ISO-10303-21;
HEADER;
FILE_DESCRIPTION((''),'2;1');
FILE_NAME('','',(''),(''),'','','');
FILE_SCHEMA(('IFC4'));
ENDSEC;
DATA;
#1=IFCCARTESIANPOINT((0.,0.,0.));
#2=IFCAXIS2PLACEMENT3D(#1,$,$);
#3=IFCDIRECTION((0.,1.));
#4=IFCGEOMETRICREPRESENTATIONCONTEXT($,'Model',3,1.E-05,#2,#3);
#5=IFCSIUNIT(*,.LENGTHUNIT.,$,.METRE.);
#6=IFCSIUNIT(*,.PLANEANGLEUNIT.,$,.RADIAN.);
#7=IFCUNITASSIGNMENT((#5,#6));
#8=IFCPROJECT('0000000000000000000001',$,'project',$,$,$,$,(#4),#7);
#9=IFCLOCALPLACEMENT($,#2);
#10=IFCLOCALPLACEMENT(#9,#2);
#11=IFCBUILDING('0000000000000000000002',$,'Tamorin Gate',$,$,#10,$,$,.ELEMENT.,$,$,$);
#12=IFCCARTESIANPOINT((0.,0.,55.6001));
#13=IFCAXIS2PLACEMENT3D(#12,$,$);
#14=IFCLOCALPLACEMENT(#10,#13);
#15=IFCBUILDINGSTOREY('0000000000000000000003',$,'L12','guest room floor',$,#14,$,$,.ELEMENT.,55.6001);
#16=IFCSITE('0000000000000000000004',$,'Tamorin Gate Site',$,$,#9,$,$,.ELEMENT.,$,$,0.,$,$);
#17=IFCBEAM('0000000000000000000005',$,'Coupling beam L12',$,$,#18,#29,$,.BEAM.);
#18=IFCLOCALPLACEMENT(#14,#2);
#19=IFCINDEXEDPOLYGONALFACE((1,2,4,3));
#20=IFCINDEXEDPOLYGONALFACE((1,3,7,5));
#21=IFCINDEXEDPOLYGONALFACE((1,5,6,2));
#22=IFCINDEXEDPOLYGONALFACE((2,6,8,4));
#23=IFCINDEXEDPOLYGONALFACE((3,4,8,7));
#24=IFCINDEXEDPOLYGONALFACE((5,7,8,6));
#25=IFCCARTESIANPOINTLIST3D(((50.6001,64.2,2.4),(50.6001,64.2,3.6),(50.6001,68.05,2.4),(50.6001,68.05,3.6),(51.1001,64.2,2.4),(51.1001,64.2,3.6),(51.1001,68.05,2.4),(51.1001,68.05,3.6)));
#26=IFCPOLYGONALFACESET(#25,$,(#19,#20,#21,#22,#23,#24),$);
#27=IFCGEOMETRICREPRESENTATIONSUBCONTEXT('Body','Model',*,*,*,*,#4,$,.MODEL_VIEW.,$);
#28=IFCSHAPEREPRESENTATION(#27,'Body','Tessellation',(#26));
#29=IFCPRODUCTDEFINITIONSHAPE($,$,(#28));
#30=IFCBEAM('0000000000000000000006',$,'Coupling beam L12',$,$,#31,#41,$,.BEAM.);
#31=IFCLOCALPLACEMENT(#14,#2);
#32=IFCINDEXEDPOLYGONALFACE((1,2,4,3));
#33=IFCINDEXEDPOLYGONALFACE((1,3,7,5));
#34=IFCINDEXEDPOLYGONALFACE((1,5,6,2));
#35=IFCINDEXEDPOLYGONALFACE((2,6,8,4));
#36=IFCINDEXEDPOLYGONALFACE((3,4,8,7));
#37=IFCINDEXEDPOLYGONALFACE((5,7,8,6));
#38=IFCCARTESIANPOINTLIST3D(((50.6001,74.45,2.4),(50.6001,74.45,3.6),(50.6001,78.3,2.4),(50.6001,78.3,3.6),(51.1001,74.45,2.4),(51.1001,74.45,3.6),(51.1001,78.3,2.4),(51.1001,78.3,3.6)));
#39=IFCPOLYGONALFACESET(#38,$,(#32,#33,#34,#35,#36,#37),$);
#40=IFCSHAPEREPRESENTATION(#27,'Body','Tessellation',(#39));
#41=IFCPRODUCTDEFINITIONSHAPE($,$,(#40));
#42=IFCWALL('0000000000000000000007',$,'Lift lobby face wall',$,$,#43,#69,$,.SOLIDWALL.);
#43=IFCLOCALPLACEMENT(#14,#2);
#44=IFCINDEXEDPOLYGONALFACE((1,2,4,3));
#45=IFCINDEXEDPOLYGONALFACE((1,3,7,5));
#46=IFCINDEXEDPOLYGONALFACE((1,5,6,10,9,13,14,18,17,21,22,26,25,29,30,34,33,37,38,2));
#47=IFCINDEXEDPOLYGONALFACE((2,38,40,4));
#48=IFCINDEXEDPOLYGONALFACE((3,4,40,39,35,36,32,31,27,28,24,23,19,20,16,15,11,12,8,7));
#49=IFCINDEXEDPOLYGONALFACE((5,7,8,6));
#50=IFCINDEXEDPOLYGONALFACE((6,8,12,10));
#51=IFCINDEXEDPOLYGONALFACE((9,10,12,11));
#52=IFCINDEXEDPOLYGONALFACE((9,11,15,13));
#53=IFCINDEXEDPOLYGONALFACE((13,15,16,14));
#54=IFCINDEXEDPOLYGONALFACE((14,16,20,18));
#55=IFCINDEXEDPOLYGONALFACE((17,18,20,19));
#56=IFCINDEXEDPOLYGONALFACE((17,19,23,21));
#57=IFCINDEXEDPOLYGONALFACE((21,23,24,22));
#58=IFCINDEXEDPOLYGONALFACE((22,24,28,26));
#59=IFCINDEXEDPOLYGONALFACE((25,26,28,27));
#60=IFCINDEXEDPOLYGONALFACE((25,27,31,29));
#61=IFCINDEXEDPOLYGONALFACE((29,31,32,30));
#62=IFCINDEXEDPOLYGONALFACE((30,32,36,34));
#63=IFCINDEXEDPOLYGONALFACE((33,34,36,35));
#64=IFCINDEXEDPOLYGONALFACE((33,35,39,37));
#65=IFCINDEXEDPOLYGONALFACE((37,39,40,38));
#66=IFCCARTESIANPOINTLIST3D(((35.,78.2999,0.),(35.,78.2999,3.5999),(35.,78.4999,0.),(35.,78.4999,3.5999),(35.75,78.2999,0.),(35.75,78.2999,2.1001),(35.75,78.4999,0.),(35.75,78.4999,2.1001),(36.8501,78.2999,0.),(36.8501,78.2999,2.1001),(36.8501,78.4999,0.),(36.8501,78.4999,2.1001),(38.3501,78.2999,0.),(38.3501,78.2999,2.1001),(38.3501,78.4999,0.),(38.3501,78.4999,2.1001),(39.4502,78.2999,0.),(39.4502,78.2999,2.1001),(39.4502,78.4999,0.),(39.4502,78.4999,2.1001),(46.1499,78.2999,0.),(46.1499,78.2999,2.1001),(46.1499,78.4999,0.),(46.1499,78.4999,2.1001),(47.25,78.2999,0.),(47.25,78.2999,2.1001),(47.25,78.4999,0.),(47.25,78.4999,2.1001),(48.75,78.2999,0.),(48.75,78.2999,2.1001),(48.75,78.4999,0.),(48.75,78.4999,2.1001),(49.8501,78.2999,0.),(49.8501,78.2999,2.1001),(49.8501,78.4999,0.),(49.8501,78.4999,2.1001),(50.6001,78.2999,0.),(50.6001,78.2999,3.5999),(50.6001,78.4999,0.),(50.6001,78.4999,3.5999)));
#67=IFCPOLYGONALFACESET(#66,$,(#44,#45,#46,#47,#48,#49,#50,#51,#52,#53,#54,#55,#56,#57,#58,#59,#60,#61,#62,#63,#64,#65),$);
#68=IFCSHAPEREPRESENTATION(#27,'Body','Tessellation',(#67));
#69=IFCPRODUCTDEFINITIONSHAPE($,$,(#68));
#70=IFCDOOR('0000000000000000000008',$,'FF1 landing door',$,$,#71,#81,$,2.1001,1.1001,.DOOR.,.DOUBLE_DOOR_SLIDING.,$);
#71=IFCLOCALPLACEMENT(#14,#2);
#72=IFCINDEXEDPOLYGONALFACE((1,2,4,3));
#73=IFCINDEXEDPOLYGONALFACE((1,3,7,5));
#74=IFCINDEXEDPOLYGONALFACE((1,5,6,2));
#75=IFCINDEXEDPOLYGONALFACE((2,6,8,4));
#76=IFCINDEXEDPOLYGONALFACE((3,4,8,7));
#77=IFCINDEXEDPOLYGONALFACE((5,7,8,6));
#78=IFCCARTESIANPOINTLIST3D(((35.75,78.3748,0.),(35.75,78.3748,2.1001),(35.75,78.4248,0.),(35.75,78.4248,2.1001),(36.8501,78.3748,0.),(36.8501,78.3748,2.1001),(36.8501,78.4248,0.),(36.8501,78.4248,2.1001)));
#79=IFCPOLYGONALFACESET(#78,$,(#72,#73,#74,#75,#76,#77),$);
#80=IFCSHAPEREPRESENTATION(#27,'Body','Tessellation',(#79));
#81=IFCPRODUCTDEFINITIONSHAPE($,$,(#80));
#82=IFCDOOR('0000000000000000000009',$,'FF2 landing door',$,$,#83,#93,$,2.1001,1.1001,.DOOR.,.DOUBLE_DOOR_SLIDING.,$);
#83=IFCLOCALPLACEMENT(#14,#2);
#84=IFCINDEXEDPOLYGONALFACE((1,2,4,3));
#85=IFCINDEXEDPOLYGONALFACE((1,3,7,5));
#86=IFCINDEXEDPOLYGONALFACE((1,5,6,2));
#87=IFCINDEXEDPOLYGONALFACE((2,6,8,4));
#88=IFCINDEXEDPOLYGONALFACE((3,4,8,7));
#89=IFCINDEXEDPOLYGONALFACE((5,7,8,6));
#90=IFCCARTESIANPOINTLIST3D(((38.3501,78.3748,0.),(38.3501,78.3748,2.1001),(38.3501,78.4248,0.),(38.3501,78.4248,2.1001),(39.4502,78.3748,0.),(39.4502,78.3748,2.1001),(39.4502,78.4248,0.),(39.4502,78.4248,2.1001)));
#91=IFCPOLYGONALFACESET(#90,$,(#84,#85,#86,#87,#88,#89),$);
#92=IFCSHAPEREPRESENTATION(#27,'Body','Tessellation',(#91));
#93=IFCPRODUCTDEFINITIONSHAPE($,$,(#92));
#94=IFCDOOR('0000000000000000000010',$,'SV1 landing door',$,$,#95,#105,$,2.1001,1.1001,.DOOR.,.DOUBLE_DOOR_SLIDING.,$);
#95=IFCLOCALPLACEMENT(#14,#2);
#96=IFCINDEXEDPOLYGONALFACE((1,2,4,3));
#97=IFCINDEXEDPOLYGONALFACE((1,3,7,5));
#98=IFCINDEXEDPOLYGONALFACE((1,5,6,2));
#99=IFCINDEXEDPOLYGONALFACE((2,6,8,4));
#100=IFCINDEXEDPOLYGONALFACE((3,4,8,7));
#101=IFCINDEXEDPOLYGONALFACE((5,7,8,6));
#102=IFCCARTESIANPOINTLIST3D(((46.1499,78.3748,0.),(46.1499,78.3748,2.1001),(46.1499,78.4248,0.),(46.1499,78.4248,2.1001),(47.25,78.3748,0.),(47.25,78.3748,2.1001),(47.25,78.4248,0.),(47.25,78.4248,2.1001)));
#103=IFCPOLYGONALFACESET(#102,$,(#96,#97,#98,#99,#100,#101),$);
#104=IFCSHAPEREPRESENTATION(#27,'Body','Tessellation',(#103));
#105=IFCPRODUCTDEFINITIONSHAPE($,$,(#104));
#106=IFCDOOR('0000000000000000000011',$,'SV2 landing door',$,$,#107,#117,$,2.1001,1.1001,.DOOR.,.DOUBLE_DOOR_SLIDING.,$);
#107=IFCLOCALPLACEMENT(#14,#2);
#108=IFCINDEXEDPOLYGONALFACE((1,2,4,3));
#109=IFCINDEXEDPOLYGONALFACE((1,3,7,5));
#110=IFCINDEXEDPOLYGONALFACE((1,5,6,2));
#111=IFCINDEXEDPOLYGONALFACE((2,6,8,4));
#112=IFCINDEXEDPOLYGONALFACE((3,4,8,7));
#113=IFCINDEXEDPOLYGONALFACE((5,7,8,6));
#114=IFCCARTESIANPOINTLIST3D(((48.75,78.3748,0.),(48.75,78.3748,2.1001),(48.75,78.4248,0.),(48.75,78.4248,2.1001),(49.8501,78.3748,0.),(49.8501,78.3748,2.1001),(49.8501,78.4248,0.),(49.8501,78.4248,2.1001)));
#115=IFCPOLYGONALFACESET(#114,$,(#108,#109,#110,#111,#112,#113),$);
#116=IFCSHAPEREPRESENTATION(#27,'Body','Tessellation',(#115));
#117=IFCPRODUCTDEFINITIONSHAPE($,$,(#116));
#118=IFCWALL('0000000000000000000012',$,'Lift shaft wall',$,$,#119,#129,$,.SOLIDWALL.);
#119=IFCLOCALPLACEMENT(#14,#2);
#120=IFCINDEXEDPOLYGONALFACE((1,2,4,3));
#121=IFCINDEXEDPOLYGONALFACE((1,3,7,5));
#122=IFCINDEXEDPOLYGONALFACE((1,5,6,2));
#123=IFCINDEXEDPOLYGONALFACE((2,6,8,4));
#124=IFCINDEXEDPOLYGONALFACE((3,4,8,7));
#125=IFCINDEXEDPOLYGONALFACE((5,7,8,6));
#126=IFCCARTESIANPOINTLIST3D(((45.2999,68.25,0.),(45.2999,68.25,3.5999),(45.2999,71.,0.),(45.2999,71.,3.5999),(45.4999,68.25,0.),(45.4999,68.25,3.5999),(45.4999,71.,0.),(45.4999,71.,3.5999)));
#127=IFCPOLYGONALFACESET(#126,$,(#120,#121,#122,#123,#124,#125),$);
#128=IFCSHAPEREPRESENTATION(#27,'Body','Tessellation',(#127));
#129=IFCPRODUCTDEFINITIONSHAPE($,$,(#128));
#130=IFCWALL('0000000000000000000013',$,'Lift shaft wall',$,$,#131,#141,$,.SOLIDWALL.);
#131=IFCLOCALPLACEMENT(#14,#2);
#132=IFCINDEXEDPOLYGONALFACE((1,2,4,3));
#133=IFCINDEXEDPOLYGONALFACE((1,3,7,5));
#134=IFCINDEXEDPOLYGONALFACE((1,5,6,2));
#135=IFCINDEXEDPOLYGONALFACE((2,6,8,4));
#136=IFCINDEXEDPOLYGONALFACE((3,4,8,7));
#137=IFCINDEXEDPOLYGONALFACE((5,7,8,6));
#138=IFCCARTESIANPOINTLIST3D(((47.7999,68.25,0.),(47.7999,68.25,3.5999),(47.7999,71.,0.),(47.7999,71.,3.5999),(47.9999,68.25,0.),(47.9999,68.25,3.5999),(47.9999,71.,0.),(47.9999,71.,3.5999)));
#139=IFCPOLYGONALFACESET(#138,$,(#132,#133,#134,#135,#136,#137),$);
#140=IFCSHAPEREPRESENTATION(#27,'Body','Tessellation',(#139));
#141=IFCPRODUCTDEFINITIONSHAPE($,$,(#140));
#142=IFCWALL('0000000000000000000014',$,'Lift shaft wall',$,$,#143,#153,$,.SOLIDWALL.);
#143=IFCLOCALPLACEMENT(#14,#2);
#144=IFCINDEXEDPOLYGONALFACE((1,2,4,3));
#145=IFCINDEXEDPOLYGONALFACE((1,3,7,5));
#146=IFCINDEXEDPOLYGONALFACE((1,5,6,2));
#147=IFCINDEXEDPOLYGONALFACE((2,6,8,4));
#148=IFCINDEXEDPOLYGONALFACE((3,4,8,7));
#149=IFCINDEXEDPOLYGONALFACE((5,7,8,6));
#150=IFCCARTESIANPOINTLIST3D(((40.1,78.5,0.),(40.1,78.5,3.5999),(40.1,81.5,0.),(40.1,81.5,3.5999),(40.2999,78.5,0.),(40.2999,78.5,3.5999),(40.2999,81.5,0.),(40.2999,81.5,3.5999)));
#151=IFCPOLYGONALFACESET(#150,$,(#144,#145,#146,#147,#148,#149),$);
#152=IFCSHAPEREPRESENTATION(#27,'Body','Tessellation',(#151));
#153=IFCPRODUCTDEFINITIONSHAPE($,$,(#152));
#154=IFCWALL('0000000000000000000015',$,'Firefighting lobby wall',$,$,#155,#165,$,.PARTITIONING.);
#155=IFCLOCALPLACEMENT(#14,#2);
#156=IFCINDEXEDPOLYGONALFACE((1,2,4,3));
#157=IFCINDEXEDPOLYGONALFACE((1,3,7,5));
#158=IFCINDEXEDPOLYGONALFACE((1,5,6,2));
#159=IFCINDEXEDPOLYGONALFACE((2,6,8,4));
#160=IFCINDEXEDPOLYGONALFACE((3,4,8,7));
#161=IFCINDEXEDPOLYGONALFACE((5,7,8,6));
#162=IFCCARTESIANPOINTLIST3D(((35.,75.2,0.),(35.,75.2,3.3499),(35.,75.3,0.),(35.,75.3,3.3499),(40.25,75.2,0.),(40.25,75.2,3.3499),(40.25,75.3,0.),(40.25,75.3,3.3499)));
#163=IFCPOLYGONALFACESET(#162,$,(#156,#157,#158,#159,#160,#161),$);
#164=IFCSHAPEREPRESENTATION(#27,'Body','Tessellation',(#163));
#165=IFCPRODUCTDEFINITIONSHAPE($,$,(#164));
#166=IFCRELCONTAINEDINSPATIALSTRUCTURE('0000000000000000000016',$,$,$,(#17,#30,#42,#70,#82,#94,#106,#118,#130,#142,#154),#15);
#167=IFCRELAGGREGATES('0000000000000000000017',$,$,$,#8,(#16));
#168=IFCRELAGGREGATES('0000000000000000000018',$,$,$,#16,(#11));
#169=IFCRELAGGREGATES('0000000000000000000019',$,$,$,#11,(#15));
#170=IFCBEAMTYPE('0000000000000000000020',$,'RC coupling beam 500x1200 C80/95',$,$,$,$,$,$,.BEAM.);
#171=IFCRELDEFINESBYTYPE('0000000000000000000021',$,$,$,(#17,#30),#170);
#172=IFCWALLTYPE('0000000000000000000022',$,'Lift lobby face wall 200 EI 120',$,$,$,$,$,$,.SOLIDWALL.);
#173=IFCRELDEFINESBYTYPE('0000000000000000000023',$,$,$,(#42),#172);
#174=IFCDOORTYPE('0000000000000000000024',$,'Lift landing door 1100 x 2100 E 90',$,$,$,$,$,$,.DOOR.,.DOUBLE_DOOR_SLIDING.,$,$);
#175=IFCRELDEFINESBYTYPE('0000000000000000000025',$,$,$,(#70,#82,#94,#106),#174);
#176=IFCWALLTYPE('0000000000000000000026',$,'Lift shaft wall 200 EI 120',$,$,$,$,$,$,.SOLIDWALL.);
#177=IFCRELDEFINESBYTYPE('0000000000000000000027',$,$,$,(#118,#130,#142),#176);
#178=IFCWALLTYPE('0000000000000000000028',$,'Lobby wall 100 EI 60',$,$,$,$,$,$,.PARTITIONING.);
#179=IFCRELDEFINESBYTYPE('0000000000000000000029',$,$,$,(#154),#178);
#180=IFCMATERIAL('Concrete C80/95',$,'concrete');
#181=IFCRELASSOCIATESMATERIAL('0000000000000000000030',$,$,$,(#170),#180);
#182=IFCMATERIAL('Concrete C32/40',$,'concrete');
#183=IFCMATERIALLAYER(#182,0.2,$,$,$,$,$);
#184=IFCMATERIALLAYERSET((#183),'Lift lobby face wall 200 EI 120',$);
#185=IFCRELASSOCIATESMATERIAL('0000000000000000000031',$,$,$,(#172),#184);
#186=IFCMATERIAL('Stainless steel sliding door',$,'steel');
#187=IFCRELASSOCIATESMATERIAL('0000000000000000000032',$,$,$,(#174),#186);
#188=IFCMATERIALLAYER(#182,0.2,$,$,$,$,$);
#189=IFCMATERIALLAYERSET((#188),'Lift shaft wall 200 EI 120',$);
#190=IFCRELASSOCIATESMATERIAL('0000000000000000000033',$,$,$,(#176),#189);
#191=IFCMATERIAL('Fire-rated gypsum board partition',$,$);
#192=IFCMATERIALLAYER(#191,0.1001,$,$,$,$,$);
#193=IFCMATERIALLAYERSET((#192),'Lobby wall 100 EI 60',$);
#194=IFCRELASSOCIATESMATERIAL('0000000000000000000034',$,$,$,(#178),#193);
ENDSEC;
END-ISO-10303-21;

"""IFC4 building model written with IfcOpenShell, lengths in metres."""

from ifc_helpers import new_model, si_unit, direction, frame, frame_2d, origin, origin_2d, place, context, subcontext, project, spatial, rectangle, extrude, material, layer, layer_set, material_profile, profile_set, type_object, element, fill, save


model = new_model("IFC4")

# Units and contexts
model_context = context("Model", 3, precision=1e-05, world=origin(), true_north=direction((0.0, 1.0)))
body_context = subcontext(model_context, "Body", "Model", "MODEL_VIEW")
ifc_project = project(units=[si_unit("LENGTHUNIT", "METRE"), si_unit("PLANEANGLEUNIT", "RADIAN")], contexts=[model_context])

# Site, building, storey
site_placement = place(None, origin())
site = spatial("IfcSite", under=ifc_project, at=site_placement, Name="Tamorin Gate Site", CompositionType="ELEMENT", RefElevation=0.0)
building_placement = place(site_placement, origin())
building = spatial("IfcBuilding", under=site, at=building_placement, Name="Tamorin Gate", CompositionType="ELEMENT")
storey_placement = place(building_placement, frame((0.0, 0.0, 55.6001)))
storey = spatial("IfcBuildingStorey", under=building, at=storey_placement, Name="L12", Description="guest room floor", CompositionType="ELEMENT", Elevation=55.6001)

# Beams
ifc_material_1 = material(Name="Concrete C80/95", Category="concrete")
ifc_material_profile = material_profile(ifc_material_1, rectangle(XDim=0.5, YDim=1.2, at=origin_2d()), Name="RC 500x1200")
ifc_profile_set = profile_set([ifc_material_profile], Name="Concrete C80/95")
beam_type = type_object("IfcBeamType", Name="RC coupling beam 500x1200 C80/95", PredefinedType="BEAM", material=ifc_profile_set)
for number, where, z_axis, x_axis, name in (
    (1, (50.8501, 64.2, 3.0), (0.0, 1.0, 0.0), (-1.0, 0.0, 0.0), "Coupling beam L12"),
    (2, (50.8501, 74.45, 3.0), (0.0, 1.0, 0.0), (-1.0, 0.0, 0.0), "Coupling beam L12"),
):
    element("IfcBeam", number, at=place(storey_placement, frame(where, z_axis=z_axis, x_axis=x_axis)), inside=storey, type_object=beam_type, Name=name, PredefinedType="BEAM", context=body_context, shape_type="SweptSolid", body=[
        extrude(rectangle(XDim=0.5, YDim=1.2, at=origin_2d()), origin(), (0.0, 0.0, 1.0), 3.8501),
    ])

# Wall, openings, doors
ifc_material_2 = material(Name="Concrete C32/40", Category="concrete")
ifc_layer_1 = layer(ifc_material_2, 0.2)
ifc_layer_set_1 = layer_set([ifc_layer_1], Name="Lift lobby face wall 200 EI 120")
wall_type_1 = type_object("IfcWallType", Name="Lift lobby face wall 200 EI 120", PredefinedType="SOLIDWALL", material=ifc_layer_set_1)
wall_1_placement = place(storey_placement, frame((35.0, 78.3999, 0.0), z_axis=(0.0, 0.0, 1.0), x_axis=(1.0, 0.0, 0.0)))
wall_1 = element("IfcWall", 3, at=wall_1_placement, inside=storey, type_object=wall_type_1, Name="Lift lobby face wall", PredefinedType="SOLIDWALL", context=body_context, shape_type="SweptSolid", body=[
    extrude(rectangle(XDim=15.6001, YDim=0.2, at=frame_2d((7.8, 0.0))), origin(), (0.0, 0.0, 1.0), 3.5999),
])
opening_1_placement = place(wall_1_placement, frame((0.75, 0.0, 0.0)))
opening_1 = element("IfcOpeningElement", 4, at=opening_1_placement, cuts=wall_1, PredefinedType="OPENING", context=body_context, shape_type="SweptSolid", body=[
    extrude(rectangle(XDim=1.1001, YDim=2.1001, at=frame_2d((0.55, 1.05))), frame((0.0, 0.1099, 0.0), z_axis=(0.0, -1.0, 0.0), x_axis=(1.0, 0.0, 0.0)), (0.0, 0.0, 1.0), 0.22),
])
opening_2_placement = place(wall_1_placement, frame((3.3501, 0.0, 0.0)))
opening_2 = element("IfcOpeningElement", 5, at=opening_2_placement, cuts=wall_1, PredefinedType="OPENING", context=body_context, shape_type="SweptSolid", body=[
    extrude(rectangle(XDim=1.1001, YDim=2.1001, at=frame_2d((0.55, 1.05))), frame((0.0, 0.1099, 0.0), z_axis=(0.0, -1.0, 0.0), x_axis=(1.0, 0.0, 0.0)), (0.0, 0.0, 1.0), 0.22),
])
opening_3_placement = place(wall_1_placement, frame((11.1499, 0.0, 0.0)))
opening_3 = element("IfcOpeningElement", 6, at=opening_3_placement, cuts=wall_1, PredefinedType="OPENING", context=body_context, shape_type="SweptSolid", body=[
    extrude(rectangle(XDim=1.1001, YDim=2.1001, at=frame_2d((0.55, 1.05))), frame((0.0, 0.1099, 0.0), z_axis=(0.0, -1.0, 0.0), x_axis=(1.0, 0.0, 0.0)), (0.0, 0.0, 1.0), 0.22),
])
opening_4_placement = place(wall_1_placement, frame((13.75, 0.0, 0.0)))
opening_4 = element("IfcOpeningElement", 7, at=opening_4_placement, cuts=wall_1, PredefinedType="OPENING", context=body_context, shape_type="SweptSolid", body=[
    extrude(rectangle(XDim=1.1001, YDim=2.1001, at=frame_2d((0.55, 1.05))), frame((0.0, 0.1099, 0.0), z_axis=(0.0, -1.0, 0.0), x_axis=(1.0, 0.0, 0.0)), (0.0, 0.0, 1.0), 0.22),
])
ifc_material_3 = material(Name="Stainless steel sliding door", Category="steel")
door_type_1 = type_object("IfcDoorType", Name="Lift landing door 1100 x 2100 E 90", OperationType="DOUBLE_DOOR_SLIDING", PredefinedType="DOOR", material=ifc_material_3)
door_1_placement = place(opening_1_placement, origin())
door_1 = element("IfcDoor", 8, at=door_1_placement, inside=storey, type_object=door_type_1, Name="FF1 landing door", OperationType="DOUBLE_DOOR_SLIDING", OverallHeight=2.1001, OverallWidth=1.1001, PredefinedType="DOOR", context=body_context, shape_type="SweptSolid", body=[
    extrude(rectangle(XDim=1.1001, YDim=2.1001, at=frame_2d((0.55, 1.05))), frame((0.0, 0.0249, 0.0), z_axis=(0.0, -1.0, 0.0), x_axis=(1.0, 0.0, 0.0)), (0.0, 0.0, 1.0), 0.05),
])
fill(opening_1, door_1)
door_2_placement = place(opening_2_placement, origin())
door_2 = element("IfcDoor", 9, at=door_2_placement, inside=storey, type_object=door_type_1, Name="FF2 landing door", OperationType="DOUBLE_DOOR_SLIDING", OverallHeight=2.1001, OverallWidth=1.1001, PredefinedType="DOOR", context=body_context, shape_type="SweptSolid", body=[
    extrude(rectangle(XDim=1.1001, YDim=2.1001, at=frame_2d((0.55, 1.05))), frame((0.0, 0.0249, 0.0), z_axis=(0.0, -1.0, 0.0), x_axis=(1.0, 0.0, 0.0)), (0.0, 0.0, 1.0), 0.05),
])
fill(opening_2, door_2)
door_3_placement = place(opening_3_placement, origin())
door_3 = element("IfcDoor", 10, at=door_3_placement, inside=storey, type_object=door_type_1, Name="SV1 landing door", OperationType="DOUBLE_DOOR_SLIDING", OverallHeight=2.1001, OverallWidth=1.1001, PredefinedType="DOOR", context=body_context, shape_type="SweptSolid", body=[
    extrude(rectangle(XDim=1.1001, YDim=2.1001, at=frame_2d((0.55, 1.05))), frame((0.0, 0.0249, 0.0), z_axis=(0.0, -1.0, 0.0), x_axis=(1.0, 0.0, 0.0)), (0.0, 0.0, 1.0), 0.05),
])
fill(opening_3, door_3)
door_4_placement = place(opening_4_placement, origin())
door_4 = element("IfcDoor", 11, at=door_4_placement, inside=storey, type_object=door_type_1, Name="SV2 landing door", OperationType="DOUBLE_DOOR_SLIDING", OverallHeight=2.1001, OverallWidth=1.1001, PredefinedType="DOOR", context=body_context, shape_type="SweptSolid", body=[
    extrude(rectangle(XDim=1.1001, YDim=2.1001, at=frame_2d((0.55, 1.05))), frame((0.0, 0.0249, 0.0), z_axis=(0.0, -1.0, 0.0), x_axis=(1.0, 0.0, 0.0)), (0.0, 0.0, 1.0), 0.05),
])
fill(opening_4, door_4)

# Walls
ifc_layer_2 = layer(ifc_material_2, 0.2)
ifc_layer_set_2 = layer_set([ifc_layer_2], Name="Lift shaft wall 200 EI 120")
wall_type_2 = type_object("IfcWallType", Name="Lift shaft wall 200 EI 120", PredefinedType="SOLIDWALL", material=ifc_layer_set_2)
for number, where, z_axis, x_axis, name in (
    (12, (45.3999, 68.25, 0.0), (0.0, 0.0, 1.0), (0.0, 1.0, 0.0), "Lift shaft wall"),
    (13, (47.8999, 68.25, 0.0), (0.0, 0.0, 1.0), (0.0, 1.0, 0.0), "Lift shaft wall"),
):
    element("IfcWall", number, at=place(storey_placement, frame(where, z_axis=z_axis, x_axis=x_axis)), inside=storey, type_object=wall_type_2, Name=name, PredefinedType="SOLIDWALL", context=body_context, shape_type="SweptSolid", body=[
        extrude(rectangle(XDim=2.75, YDim=0.2, at=frame_2d((1.375, 0.0))), origin(), (0.0, 0.0, 1.0), 3.5999),
    ])
wall_2_placement = place(storey_placement, frame((40.2, 78.5, 0.0), z_axis=(0.0, 0.0, 1.0), x_axis=(0.0, 1.0, 0.0)))
element("IfcWall", 14, at=wall_2_placement, inside=storey, type_object=wall_type_2, Name="Lift shaft wall", PredefinedType="SOLIDWALL", context=body_context, shape_type="SweptSolid", body=[
    extrude(rectangle(XDim=3.0, YDim=0.2, at=frame_2d((1.5, 0.0))), origin(), (0.0, 0.0, 1.0), 3.5999),
])
ifc_material_4 = material(Name="Fire-rated gypsum board partition")
ifc_layer_3 = layer(ifc_material_4, 0.1001)
ifc_layer_set_3 = layer_set([ifc_layer_3], Name="Lobby wall 100 EI 60")
wall_type_3 = type_object("IfcWallType", Name="Lobby wall 100 EI 60", PredefinedType="PARTITIONING", material=ifc_layer_set_3)
wall_3_placement = place(storey_placement, frame((35.0, 75.25, 0.0), z_axis=(0.0, 0.0, 1.0), x_axis=(1.0, 0.0, 0.0)))
element("IfcWall", 15, at=wall_3_placement, inside=storey, type_object=wall_type_3, Name="Firefighting lobby wall", PredefinedType="PARTITIONING", context=body_context, shape_type="SweptSolid", body=[
    extrude(rectangle(XDim=5.25, YDim=0.1001, at=frame_2d((2.625, 0.0))), origin(), (0.0, 0.0, 1.0), 3.3499),
])

save(model, "model.ifc")
